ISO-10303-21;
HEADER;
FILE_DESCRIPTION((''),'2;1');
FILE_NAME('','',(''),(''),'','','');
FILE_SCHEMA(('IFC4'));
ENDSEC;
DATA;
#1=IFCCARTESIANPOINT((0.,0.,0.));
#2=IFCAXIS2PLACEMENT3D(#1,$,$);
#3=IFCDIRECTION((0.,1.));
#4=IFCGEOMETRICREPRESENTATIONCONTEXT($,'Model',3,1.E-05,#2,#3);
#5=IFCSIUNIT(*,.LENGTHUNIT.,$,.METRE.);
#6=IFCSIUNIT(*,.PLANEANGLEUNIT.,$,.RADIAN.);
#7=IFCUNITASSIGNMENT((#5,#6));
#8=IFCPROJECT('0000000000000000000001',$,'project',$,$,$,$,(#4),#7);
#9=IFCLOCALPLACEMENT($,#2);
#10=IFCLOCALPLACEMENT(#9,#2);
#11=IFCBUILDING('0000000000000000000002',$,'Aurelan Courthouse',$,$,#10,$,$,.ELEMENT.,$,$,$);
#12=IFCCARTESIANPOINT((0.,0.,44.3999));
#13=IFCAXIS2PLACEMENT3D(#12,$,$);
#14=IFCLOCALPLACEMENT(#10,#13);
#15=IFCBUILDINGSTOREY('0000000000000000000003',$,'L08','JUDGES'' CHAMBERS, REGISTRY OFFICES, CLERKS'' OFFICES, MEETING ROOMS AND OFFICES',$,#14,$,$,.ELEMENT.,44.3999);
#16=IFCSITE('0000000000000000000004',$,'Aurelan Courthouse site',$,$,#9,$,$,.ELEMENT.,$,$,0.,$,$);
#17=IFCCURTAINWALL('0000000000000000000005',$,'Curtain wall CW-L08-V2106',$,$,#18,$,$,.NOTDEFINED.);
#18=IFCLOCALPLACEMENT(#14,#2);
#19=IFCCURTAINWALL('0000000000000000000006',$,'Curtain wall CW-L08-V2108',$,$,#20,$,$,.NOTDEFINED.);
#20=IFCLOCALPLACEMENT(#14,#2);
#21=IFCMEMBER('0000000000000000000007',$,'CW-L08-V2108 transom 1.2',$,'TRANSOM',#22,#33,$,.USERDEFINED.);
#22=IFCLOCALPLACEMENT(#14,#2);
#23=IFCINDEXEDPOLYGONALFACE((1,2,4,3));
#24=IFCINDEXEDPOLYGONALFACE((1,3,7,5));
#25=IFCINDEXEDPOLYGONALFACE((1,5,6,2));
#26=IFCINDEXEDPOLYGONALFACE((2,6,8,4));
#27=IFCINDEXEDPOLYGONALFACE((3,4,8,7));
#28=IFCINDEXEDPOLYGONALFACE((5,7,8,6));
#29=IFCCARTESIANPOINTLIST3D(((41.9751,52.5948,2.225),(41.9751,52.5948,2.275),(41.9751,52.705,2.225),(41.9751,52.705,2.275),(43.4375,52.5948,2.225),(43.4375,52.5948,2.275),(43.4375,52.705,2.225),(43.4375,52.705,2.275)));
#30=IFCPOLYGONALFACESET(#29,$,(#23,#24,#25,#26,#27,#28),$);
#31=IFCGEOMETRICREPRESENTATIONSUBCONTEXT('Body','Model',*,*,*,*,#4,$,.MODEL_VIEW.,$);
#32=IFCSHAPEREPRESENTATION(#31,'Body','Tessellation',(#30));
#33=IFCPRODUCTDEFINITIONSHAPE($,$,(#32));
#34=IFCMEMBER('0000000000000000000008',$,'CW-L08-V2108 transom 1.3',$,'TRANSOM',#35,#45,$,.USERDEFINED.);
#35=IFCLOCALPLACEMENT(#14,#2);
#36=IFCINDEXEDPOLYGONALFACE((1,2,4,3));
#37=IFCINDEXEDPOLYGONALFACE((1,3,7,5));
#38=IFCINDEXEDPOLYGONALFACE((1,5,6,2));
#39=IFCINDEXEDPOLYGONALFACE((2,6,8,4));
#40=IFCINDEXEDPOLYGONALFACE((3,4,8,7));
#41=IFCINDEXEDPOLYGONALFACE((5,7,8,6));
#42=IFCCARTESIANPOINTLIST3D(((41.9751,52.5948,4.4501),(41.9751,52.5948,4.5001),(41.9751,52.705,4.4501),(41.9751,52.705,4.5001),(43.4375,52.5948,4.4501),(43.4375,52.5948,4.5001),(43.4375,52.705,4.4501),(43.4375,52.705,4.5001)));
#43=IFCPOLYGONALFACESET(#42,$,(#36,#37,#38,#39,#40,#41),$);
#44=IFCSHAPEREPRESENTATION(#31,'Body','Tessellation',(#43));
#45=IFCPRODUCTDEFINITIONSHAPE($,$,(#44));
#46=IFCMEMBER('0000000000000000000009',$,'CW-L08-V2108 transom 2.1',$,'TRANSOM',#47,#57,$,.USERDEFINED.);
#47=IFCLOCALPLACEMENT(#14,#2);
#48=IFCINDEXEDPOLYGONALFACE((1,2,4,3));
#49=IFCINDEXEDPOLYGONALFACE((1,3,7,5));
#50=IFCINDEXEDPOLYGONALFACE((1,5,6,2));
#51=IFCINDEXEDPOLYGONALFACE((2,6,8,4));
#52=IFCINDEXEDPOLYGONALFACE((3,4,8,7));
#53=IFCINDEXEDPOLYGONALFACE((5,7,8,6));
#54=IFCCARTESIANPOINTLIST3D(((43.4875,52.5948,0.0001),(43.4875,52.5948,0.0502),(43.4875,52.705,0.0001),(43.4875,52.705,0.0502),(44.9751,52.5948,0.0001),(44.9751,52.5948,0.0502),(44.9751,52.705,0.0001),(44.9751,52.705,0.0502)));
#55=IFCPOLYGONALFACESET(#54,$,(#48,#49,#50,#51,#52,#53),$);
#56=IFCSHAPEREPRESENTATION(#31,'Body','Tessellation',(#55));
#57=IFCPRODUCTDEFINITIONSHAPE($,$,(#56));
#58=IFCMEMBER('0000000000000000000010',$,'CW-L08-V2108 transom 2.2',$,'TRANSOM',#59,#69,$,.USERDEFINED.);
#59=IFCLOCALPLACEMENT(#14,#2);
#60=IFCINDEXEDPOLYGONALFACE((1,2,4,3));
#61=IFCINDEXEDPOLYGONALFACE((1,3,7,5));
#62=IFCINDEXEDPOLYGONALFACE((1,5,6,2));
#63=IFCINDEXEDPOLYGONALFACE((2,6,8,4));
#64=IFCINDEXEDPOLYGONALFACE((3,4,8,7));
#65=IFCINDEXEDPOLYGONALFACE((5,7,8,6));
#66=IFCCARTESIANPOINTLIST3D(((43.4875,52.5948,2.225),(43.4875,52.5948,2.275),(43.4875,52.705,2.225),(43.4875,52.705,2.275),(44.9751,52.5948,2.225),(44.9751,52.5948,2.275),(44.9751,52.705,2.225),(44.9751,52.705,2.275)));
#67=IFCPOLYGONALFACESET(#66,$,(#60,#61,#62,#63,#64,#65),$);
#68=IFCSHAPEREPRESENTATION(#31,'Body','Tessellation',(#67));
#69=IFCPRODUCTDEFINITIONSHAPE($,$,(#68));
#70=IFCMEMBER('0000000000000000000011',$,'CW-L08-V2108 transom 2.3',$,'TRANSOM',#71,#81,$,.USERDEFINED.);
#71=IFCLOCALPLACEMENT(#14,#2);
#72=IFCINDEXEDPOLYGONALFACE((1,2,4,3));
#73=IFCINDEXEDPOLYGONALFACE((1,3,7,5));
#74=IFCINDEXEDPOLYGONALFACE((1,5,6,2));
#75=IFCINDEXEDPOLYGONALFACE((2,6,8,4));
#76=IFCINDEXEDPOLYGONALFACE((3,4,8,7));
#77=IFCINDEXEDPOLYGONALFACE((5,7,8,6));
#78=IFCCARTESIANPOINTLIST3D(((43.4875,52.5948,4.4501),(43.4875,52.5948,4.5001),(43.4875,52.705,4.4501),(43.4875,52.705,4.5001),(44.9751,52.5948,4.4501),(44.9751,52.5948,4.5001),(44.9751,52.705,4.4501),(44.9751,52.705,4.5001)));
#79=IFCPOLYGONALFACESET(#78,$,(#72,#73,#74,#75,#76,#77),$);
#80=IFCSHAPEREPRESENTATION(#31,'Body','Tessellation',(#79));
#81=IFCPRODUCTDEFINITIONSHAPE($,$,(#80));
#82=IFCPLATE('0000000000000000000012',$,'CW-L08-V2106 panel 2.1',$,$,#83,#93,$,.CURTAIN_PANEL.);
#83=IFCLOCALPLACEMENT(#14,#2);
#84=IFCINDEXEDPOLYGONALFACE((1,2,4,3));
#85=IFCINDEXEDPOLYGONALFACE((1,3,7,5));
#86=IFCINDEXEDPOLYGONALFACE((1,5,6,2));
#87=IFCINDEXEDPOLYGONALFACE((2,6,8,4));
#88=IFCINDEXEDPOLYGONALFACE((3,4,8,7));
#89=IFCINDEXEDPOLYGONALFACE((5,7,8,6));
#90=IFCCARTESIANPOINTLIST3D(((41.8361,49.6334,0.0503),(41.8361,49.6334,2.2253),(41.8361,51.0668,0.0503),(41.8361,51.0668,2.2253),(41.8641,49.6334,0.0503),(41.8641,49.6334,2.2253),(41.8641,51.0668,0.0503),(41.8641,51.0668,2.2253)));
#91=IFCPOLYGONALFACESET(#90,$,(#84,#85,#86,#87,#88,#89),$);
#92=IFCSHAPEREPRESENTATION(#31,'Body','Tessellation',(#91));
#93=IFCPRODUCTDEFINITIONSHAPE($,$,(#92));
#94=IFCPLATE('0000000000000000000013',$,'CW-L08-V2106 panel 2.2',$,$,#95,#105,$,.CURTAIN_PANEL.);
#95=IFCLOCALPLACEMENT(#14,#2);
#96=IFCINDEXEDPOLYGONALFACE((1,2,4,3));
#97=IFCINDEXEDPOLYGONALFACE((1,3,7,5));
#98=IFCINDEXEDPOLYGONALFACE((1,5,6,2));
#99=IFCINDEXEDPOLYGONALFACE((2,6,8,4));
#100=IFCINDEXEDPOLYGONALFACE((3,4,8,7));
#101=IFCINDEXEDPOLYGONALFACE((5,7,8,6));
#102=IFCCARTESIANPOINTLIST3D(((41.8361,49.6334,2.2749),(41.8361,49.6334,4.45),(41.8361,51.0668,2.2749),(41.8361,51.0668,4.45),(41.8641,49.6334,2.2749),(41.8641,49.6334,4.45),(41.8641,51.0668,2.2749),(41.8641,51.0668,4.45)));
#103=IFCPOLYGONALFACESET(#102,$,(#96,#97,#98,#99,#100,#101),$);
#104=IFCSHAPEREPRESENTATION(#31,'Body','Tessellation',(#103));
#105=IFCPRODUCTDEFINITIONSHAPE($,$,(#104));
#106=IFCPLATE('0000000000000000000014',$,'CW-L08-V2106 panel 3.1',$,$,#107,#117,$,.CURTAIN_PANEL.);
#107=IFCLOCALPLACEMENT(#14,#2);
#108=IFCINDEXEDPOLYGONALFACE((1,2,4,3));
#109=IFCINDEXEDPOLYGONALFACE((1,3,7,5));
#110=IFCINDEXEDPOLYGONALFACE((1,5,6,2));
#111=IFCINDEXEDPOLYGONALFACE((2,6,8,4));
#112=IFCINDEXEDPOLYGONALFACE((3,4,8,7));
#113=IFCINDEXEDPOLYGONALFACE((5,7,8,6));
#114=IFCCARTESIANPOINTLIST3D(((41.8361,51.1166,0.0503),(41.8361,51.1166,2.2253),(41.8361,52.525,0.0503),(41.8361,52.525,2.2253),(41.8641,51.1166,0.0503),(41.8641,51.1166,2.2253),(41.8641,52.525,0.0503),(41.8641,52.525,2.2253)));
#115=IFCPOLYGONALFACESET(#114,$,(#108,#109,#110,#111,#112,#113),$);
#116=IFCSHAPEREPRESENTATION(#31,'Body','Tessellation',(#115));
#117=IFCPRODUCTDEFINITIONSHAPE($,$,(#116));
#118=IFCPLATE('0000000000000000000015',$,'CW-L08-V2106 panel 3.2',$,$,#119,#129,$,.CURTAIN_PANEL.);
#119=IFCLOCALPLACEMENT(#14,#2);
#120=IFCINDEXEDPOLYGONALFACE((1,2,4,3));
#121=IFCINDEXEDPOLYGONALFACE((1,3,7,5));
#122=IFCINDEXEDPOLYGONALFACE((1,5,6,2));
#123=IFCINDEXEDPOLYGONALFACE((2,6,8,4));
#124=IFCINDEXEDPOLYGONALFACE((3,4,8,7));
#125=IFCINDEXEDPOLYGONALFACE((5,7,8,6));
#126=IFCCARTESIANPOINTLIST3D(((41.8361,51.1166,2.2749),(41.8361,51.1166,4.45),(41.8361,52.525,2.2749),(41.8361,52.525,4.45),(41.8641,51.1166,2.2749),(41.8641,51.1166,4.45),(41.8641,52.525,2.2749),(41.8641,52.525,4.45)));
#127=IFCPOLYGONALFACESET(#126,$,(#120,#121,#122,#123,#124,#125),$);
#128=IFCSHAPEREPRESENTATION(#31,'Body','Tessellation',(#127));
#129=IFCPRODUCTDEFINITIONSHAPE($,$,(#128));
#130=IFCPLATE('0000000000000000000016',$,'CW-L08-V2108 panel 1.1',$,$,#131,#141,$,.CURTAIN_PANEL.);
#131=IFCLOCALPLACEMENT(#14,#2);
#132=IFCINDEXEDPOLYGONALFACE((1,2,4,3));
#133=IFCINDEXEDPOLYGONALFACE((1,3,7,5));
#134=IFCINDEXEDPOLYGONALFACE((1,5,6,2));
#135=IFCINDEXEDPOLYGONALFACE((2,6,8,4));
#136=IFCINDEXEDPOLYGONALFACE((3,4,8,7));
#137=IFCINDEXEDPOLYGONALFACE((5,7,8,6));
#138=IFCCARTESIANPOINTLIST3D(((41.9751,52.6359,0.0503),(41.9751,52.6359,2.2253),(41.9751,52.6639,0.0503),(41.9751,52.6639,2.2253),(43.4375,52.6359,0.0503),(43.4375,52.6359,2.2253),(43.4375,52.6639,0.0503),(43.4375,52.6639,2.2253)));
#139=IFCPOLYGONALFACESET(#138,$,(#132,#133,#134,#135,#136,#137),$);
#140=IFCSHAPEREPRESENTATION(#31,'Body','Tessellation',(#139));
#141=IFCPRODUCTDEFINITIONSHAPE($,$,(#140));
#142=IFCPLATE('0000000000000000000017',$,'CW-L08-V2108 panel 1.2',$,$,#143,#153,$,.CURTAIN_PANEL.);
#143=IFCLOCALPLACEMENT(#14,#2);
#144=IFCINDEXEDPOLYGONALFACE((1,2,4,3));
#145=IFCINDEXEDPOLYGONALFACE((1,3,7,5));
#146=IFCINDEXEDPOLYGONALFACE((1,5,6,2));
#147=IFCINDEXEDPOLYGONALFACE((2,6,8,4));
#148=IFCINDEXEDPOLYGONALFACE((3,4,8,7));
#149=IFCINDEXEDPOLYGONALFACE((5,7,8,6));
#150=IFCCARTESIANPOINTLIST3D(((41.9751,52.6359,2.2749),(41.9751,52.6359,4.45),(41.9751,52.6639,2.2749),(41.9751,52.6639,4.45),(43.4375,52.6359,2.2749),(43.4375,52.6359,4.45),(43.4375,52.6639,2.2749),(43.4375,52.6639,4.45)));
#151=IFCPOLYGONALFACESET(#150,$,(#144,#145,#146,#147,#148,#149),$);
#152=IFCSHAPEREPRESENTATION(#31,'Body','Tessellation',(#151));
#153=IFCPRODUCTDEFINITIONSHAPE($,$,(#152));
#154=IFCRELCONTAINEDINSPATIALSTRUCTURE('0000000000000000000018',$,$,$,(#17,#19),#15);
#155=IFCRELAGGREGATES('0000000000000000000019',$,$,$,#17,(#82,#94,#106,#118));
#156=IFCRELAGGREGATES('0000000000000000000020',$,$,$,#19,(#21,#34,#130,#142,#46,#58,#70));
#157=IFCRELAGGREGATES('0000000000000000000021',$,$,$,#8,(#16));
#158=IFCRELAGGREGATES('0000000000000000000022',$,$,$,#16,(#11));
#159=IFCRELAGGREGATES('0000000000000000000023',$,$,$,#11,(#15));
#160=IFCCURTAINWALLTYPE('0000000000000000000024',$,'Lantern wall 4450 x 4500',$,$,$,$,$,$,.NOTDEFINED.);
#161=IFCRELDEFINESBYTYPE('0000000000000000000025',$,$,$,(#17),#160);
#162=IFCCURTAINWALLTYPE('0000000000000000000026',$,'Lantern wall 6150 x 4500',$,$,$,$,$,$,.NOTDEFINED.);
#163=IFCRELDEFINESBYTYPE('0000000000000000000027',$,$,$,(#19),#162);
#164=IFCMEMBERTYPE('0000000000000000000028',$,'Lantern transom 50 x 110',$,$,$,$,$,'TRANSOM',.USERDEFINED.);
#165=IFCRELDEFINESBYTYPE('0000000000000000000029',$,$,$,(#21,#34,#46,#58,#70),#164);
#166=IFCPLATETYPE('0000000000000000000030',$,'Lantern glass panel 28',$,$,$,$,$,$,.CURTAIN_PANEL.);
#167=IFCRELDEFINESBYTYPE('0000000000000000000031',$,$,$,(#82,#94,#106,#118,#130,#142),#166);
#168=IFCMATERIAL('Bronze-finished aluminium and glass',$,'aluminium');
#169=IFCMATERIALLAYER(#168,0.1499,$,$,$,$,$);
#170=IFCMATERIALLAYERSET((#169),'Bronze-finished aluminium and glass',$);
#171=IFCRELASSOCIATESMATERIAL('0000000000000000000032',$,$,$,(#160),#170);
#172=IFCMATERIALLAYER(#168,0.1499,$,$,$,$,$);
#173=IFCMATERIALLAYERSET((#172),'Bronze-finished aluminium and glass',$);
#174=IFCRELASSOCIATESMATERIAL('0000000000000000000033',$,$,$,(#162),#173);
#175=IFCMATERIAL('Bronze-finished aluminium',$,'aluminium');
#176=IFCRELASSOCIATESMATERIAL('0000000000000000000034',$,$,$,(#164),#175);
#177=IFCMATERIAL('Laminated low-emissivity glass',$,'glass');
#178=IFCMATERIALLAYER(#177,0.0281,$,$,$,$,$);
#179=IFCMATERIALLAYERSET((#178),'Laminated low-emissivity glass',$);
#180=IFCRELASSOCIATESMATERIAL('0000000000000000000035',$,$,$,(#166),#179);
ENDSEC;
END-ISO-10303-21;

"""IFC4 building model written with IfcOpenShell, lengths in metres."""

from ifc_helpers import new_model, si_unit, direction, frame, origin, origin_2d, place, context, subcontext, project, spatial, rectangle, extrude, material, layer, layer_set, material_profile, profile_set, type_object, element, aggregate, save


model = new_model("IFC4")

# Units and contexts
model_context = context("Model", 3, precision=1e-05, world=origin(), true_north=direction((0.0, 1.0)))
body_context = subcontext(model_context, "Body", "Model", "MODEL_VIEW")
ifc_project = project(units=[si_unit("LENGTHUNIT", "METRE"), si_unit("PLANEANGLEUNIT", "RADIAN")], contexts=[model_context])

# Site, building, storey
site_placement = place(None, origin())
site = spatial("IfcSite", under=ifc_project, at=site_placement, Name="Aurelan Courthouse site", CompositionType="ELEMENT", RefElevation=0.0)
building_placement = place(site_placement, origin())
building = spatial("IfcBuilding", under=site, at=building_placement, Name="Aurelan Courthouse", CompositionType="ELEMENT")
storey_placement = place(building_placement, frame((0.0, 0.0, 44.3999)))
storey = spatial("IfcBuildingStorey", under=building, at=storey_placement, Name="L08", Description="JUDGES' CHAMBERS, REGISTRY OFFICES, CLERKS' OFFICES, MEETING ROOMS AND OFFICES", CompositionType="ELEMENT", Elevation=44.3999)

# Curtain walls
ifc_material_1 = material(Name="Bronze-finished aluminium and glass", Category="aluminium")
ifc_layer_1 = layer(ifc_material_1, 0.1499)
ifc_layer_set_1 = layer_set([ifc_layer_1], Name="Bronze-finished aluminium and glass")
curtain_wall_type_1 = type_object("IfcCurtainWallType", Name="Lantern wall 4450 x 4500", PredefinedType="NOTDEFINED", material=ifc_layer_set_1)
curtain_wall_1_placement = place(storey_placement, origin())
curtain_wall_1 = element("IfcCurtainWall", 1, at=curtain_wall_1_placement, inside=storey, type_object=curtain_wall_type_1, Name="Curtain wall CW-L08-V2106", PredefinedType="NOTDEFINED")
ifc_material_2 = material(Name="Bronze-finished aluminium", Category="aluminium")
ifc_layer_2 = layer(ifc_material_1, 0.1499)
ifc_layer_set_2 = layer_set([ifc_layer_2], Name="Bronze-finished aluminium and glass")
curtain_wall_type_2 = type_object("IfcCurtainWallType", Name="Lantern wall 6150 x 4500", PredefinedType="NOTDEFINED", material=ifc_layer_set_2)
curtain_wall_2_placement = place(storey_placement, origin())
curtain_wall_2 = element("IfcCurtainWall", 2, at=curtain_wall_2_placement, inside=storey, type_object=curtain_wall_type_2, Name="Curtain wall CW-L08-V2108", PredefinedType="NOTDEFINED")

# Members
ifc_material_profile_1 = material_profile(ifc_material_2, rectangle(XDim=0.1101, YDim=0.05, at=origin_2d()), Name="Lantern transom 50 x 110")
ifc_profile_set_1 = profile_set([ifc_material_profile_1], Name="Bronze-finished aluminium")
member_type_1 = type_object("IfcMemberType", Name="Lantern transom 50 x 110", ElementType="TRANSOM", PredefinedType="USERDEFINED", material=ifc_profile_set_1)
member_1_placement = place(storey_placement, frame((41.9751, 52.6499, 2.25), z_axis=(1.0, 0.0, 0.0), x_axis=(0.0, 1.0, 0.0)))
member_1 = element("IfcMember", 3, at=member_1_placement, type_object=member_type_1, Name="CW-L08-V2108 transom 1.2", ObjectType="TRANSOM", PredefinedType="USERDEFINED", context=body_context, shape_type="SweptSolid", body=[
    extrude(rectangle(XDim=0.1101, YDim=0.05, at=origin_2d()), origin(), (0.0, 0.0, 1.0), 1.4624),
])
member_2_placement = place(storey_placement, frame((41.9751, 52.6499, 4.4751), z_axis=(1.0, 0.0, 0.0), x_axis=(0.0, 1.0, 0.0)))
member_2 = element("IfcMember", 4, at=member_2_placement, type_object=member_type_1, Name="CW-L08-V2108 transom 1.3", ObjectType="TRANSOM", PredefinedType="USERDEFINED", context=body_context, shape_type="SweptSolid", body=[
    extrude(rectangle(XDim=0.1101, YDim=0.05, at=origin_2d()), origin(), (0.0, 0.0, 1.0), 1.4624),
])
member_3_placement = place(storey_placement, frame((43.4875, 52.6499, 0.0251), z_axis=(1.0, 0.0, 0.0), x_axis=(0.0, 1.0, 0.0)))
member_3 = element("IfcMember", 5, at=member_3_placement, type_object=member_type_1, Name="CW-L08-V2108 transom 2.1", ObjectType="TRANSOM", PredefinedType="USERDEFINED", context=body_context, shape_type="SweptSolid", body=[
    extrude(rectangle(XDim=0.1101, YDim=0.05, at=origin_2d()), origin(), (0.0, 0.0, 1.0), 1.4875),
])
member_4_placement = place(storey_placement, frame((43.4875, 52.6499, 2.25), z_axis=(1.0, 0.0, 0.0), x_axis=(0.0, 1.0, 0.0)))
member_4 = element("IfcMember", 6, at=member_4_placement, type_object=member_type_1, Name="CW-L08-V2108 transom 2.2", ObjectType="TRANSOM", PredefinedType="USERDEFINED", context=body_context, shape_type="SweptSolid", body=[
    extrude(rectangle(XDim=0.1101, YDim=0.05, at=origin_2d()), origin(), (0.0, 0.0, 1.0), 1.4875),
])
member_5_placement = place(storey_placement, frame((43.4875, 52.6499, 4.4751), z_axis=(1.0, 0.0, 0.0), x_axis=(0.0, 1.0, 0.0)))
member_5 = element("IfcMember", 7, at=member_5_placement, type_object=member_type_1, Name="CW-L08-V2108 transom 2.3", ObjectType="TRANSOM", PredefinedType="USERDEFINED", context=body_context, shape_type="SweptSolid", body=[
    extrude(rectangle(XDim=0.1101, YDim=0.05, at=origin_2d()), origin(), (0.0, 0.0, 1.0), 1.4875),
])

# Plates
ifc_material_3 = material(Name="Laminated low-emissivity glass", Category="glass")
ifc_layer_3 = layer(ifc_material_3, 0.0281)
ifc_layer_set_3 = layer_set([ifc_layer_3], Name="Laminated low-emissivity glass")
plate_type = type_object("IfcPlateType", Name="Lantern glass panel 28", PredefinedType="CURTAIN_PANEL", material=ifc_layer_set_3)
plate_1_placement = place(storey_placement, frame((41.8501, 50.3501, 0.0503), z_axis=(0.0, 0.0, 1.0), x_axis=(0.0, 1.0, 0.0)))
plate_1 = element("IfcPlate", 8, at=plate_1_placement, type_object=plate_type, Name="CW-L08-V2106 panel 2.1", PredefinedType="CURTAIN_PANEL", context=body_context, shape_type="SweptSolid", body=[
    extrude(rectangle(XDim=1.4333, YDim=0.0281, at=origin_2d()), origin(), (0.0, 0.0, 1.0), 2.175),
])
plate_2_placement = place(storey_placement, frame((41.8501, 50.3501, 2.2749), z_axis=(0.0, 0.0, 1.0), x_axis=(0.0, 1.0, 0.0)))
plate_2 = element("IfcPlate", 9, at=plate_2_placement, type_object=plate_type, Name="CW-L08-V2106 panel 2.2", PredefinedType="CURTAIN_PANEL", context=body_context, shape_type="SweptSolid", body=[
    extrude(rectangle(XDim=1.4333, YDim=0.0281, at=origin_2d()), origin(), (0.0, 0.0, 1.0), 2.175),
])
plate_3_placement = place(storey_placement, frame((41.8501, 51.8208, 0.0503), z_axis=(0.0, 0.0, 1.0), x_axis=(0.0, 1.0, 0.0)))
plate_3 = element("IfcPlate", 10, at=plate_3_placement, type_object=plate_type, Name="CW-L08-V2106 panel 3.1", PredefinedType="CURTAIN_PANEL", context=body_context, shape_type="SweptSolid", body=[
    extrude(rectangle(XDim=1.4084, YDim=0.0281, at=origin_2d()), origin(), (0.0, 0.0, 1.0), 2.175),
])
plate_4_placement = place(storey_placement, frame((41.8501, 51.8208, 2.2749), z_axis=(0.0, 0.0, 1.0), x_axis=(0.0, 1.0, 0.0)))
plate_4 = element("IfcPlate", 11, at=plate_4_placement, type_object=plate_type, Name="CW-L08-V2106 panel 3.2", PredefinedType="CURTAIN_PANEL", context=body_context, shape_type="SweptSolid", body=[
    extrude(rectangle(XDim=1.4084, YDim=0.0281, at=origin_2d()), origin(), (0.0, 0.0, 1.0), 2.175),
])
aggregate(curtain_wall_1, [plate_1, plate_2, plate_3, plate_4])
plate_5_placement = place(storey_placement, frame((42.7063, 52.6499, 0.0503), z_axis=(0.0, 0.0, 1.0), x_axis=(1.0, 0.0, 0.0)))
plate_5 = element("IfcPlate", 12, at=plate_5_placement, type_object=plate_type, Name="CW-L08-V2108 panel 1.1", PredefinedType="CURTAIN_PANEL", context=body_context, shape_type="SweptSolid", body=[
    extrude(rectangle(XDim=1.4624, YDim=0.0281, at=origin_2d()), origin(), (0.0, 0.0, 1.0), 2.175),
])
plate_6_placement = place(storey_placement, frame((42.7063, 52.6499, 2.2749), z_axis=(0.0, 0.0, 1.0), x_axis=(1.0, 0.0, 0.0)))
plate_6 = element("IfcPlate", 13, at=plate_6_placement, type_object=plate_type, Name="CW-L08-V2108 panel 1.2", PredefinedType="CURTAIN_PANEL", context=body_context, shape_type="SweptSolid", body=[
    extrude(rectangle(XDim=1.4624, YDim=0.0281, at=origin_2d()), origin(), (0.0, 0.0, 1.0), 2.175),
])
aggregate(curtain_wall_2, [member_1, member_2, plate_5, plate_6, member_3, member_4, member_5])

save(model, "model.ifc")
